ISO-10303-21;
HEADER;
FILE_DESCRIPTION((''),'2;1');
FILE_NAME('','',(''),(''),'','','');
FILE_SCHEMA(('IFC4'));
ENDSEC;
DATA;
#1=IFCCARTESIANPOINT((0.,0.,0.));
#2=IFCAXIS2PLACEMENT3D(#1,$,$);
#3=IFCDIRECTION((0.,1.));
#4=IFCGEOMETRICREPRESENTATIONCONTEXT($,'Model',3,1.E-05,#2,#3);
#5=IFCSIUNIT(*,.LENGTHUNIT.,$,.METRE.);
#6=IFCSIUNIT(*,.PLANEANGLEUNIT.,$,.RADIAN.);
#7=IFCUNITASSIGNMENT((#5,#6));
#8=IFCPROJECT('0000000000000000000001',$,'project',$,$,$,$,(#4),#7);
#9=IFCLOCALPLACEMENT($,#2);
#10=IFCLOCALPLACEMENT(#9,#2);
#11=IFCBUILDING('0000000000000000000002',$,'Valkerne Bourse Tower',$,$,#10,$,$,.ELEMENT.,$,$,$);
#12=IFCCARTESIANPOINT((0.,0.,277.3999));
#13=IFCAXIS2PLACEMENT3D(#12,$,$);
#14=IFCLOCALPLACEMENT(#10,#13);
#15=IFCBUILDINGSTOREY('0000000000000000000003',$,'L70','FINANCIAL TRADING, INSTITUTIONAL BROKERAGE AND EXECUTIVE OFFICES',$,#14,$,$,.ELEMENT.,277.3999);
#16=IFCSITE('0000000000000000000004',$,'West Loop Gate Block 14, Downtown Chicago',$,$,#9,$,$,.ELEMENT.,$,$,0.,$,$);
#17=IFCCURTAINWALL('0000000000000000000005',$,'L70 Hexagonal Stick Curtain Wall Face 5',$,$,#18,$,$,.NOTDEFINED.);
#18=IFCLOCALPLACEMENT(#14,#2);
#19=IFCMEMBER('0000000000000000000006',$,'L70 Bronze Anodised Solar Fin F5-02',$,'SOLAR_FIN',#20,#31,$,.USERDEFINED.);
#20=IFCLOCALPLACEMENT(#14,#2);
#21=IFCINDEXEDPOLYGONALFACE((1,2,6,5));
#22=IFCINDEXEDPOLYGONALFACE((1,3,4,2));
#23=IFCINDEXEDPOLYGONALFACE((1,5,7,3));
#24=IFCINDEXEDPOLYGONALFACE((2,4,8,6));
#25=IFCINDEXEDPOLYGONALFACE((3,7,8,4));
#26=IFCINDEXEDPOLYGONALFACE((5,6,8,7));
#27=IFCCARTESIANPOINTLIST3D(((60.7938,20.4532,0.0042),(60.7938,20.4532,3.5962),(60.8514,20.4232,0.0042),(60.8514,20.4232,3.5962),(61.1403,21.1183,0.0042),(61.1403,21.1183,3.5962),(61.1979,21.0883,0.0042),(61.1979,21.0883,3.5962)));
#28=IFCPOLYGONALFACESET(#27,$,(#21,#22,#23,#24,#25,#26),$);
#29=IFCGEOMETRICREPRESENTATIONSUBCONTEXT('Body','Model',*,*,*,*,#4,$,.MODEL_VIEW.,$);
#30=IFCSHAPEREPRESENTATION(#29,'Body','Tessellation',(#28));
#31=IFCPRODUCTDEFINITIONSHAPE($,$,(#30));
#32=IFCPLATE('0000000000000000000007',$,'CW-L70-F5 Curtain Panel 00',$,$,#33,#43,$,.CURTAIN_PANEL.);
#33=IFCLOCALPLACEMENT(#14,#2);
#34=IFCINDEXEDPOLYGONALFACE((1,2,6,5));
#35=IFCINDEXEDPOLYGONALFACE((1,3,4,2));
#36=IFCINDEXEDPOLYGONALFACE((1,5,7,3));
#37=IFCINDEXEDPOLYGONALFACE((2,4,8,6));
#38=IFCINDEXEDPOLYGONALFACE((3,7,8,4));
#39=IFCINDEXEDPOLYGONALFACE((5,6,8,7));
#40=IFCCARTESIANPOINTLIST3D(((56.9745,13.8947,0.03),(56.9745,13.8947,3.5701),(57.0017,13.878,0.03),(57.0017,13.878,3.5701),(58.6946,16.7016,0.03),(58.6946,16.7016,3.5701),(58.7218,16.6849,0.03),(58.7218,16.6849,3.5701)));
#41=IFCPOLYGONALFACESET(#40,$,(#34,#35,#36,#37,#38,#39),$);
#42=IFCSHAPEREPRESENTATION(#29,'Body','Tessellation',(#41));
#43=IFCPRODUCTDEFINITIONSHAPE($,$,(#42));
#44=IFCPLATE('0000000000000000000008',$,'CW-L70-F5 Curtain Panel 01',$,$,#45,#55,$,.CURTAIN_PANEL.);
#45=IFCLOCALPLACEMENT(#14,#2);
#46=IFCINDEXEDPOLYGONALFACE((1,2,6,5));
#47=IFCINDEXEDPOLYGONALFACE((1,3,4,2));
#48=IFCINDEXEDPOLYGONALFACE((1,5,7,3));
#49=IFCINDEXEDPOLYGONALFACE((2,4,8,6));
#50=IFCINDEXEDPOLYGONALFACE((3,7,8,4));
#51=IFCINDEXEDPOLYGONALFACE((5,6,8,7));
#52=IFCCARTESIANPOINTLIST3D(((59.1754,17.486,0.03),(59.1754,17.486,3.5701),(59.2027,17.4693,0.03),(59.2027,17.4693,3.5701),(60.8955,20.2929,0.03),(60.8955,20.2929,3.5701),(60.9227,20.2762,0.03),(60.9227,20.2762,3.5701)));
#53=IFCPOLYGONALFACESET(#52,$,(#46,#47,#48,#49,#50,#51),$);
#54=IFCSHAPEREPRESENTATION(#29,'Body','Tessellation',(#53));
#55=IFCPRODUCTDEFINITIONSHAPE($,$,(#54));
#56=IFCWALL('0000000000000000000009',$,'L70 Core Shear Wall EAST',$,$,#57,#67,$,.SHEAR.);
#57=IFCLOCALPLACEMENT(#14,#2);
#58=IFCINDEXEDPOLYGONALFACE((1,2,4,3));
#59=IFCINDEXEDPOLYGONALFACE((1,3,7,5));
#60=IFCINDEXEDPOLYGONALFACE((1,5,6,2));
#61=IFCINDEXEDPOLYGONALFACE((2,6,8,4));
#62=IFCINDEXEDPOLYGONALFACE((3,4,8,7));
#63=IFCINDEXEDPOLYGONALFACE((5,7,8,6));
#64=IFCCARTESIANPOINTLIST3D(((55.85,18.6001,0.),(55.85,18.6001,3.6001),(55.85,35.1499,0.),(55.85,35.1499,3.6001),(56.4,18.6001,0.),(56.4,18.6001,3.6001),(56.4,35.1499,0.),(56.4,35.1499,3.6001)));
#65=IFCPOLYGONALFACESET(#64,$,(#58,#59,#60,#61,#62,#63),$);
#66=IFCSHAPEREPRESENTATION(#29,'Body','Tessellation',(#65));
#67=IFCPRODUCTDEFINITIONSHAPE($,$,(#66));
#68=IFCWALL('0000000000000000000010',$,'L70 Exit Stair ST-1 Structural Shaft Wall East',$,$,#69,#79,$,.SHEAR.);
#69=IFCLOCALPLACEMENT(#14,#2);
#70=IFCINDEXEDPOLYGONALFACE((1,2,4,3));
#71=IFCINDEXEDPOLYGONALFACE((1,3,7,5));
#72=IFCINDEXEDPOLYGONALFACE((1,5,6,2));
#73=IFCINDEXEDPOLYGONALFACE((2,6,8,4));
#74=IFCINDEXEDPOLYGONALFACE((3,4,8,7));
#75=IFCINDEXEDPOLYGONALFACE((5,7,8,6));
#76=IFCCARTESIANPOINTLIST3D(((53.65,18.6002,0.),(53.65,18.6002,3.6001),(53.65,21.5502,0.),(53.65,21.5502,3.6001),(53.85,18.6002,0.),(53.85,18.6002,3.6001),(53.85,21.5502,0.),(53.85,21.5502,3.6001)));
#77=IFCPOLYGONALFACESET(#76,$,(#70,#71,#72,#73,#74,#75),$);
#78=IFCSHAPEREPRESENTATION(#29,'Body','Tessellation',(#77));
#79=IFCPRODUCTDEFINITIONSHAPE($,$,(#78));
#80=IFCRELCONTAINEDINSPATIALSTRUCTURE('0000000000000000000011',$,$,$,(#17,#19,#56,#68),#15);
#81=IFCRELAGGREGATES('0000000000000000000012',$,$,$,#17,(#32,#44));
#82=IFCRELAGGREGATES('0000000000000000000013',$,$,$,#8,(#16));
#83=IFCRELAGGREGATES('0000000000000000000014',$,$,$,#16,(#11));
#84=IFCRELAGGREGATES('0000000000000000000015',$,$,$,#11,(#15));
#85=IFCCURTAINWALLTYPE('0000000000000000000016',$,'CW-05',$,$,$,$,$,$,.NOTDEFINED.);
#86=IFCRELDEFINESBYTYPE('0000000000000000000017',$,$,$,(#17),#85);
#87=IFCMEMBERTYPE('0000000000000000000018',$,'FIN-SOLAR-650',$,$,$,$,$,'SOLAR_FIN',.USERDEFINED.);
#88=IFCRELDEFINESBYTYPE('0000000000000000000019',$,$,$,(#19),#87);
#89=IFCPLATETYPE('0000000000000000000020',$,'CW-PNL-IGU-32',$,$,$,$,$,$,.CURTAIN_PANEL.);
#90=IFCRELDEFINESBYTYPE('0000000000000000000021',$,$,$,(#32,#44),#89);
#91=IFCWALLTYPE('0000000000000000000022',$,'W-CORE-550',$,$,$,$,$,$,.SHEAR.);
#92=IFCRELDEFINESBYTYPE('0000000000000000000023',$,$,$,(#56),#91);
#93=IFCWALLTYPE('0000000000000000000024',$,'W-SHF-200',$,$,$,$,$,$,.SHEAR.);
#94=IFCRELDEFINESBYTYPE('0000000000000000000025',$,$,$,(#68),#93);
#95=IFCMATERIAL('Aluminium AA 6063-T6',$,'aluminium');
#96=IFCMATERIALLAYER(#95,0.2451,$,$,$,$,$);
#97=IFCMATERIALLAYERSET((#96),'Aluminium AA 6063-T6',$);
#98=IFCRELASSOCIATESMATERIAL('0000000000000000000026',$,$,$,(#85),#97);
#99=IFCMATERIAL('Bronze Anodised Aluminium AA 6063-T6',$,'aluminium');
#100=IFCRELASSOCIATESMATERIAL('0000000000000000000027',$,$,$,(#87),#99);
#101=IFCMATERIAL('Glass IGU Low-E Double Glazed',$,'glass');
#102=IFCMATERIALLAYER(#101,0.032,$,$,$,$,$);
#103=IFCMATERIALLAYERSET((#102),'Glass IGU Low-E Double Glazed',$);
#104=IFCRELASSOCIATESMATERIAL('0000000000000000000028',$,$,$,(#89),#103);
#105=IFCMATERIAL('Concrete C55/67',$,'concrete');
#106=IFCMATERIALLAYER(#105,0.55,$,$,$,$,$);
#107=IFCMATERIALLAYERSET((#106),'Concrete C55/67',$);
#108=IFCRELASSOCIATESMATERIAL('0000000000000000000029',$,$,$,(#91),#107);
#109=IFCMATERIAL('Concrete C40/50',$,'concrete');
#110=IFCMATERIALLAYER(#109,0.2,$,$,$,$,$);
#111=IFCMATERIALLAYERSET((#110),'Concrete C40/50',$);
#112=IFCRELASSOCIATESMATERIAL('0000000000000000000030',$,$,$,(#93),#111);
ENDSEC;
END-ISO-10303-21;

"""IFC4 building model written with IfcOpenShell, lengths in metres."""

from ifc_helpers import new_model, si_unit, direction, frame, frame_2d, origin, origin_2d, place, context, subcontext, project, spatial, rectangle, extrude, material, layer, layer_set, material_profile, profile_set, type_object, element, aggregate, save


model = new_model("IFC4")

# Units and contexts
model_context = context("Model", 3, precision=1e-05, world=origin(), true_north=direction((0.0, 1.0)))
body_context = subcontext(model_context, "Body", "Model", "MODEL_VIEW")
ifc_project = project(units=[si_unit("LENGTHUNIT", "METRE"), si_unit("PLANEANGLEUNIT", "RADIAN")], contexts=[model_context])

# Site, building, storey
site_placement = place(None, origin())
site = spatial("IfcSite", under=ifc_project, at=site_placement, Name="West Loop Gate Block 14, Downtown Chicago", CompositionType="ELEMENT", RefElevation=0.0)
building_placement = place(site_placement, origin())
building = spatial("IfcBuilding", under=site, at=building_placement, Name="Valkerne Bourse Tower", CompositionType="ELEMENT")
storey_placement = place(building_placement, frame((0.0, 0.0, 277.3999)))
storey = spatial("IfcBuildingStorey", under=building, at=storey_placement, Name="L70", Description="FINANCIAL TRADING, INSTITUTIONAL BROKERAGE AND EXECUTIVE OFFICES", CompositionType="ELEMENT", Elevation=277.3999)

# Shared definitions
ifc_material_1 = material(Name="Aluminium AA 6063-T6", Category="aluminium")
ifc_layer_1 = layer(ifc_material_1, 0.2451)
ifc_layer_set_1 = layer_set([ifc_layer_1], Name="Aluminium AA 6063-T6")
curtain_wall_type = type_object("IfcCurtainWallType", Name="CW-05", PredefinedType="NOTDEFINED", material=ifc_layer_set_1)

# Curtain wall
curtain_wall_1_placement = place(storey_placement, origin())
curtain_wall_1 = element("IfcCurtainWall", 1, at=curtain_wall_1_placement, inside=storey, type_object=curtain_wall_type, Name="L70 Hexagonal Stick Curtain Wall Face 5", PredefinedType="NOTDEFINED")

# Member
ifc_material_2 = material(Name="Bronze Anodised Aluminium AA 6063-T6", Category="aluminium")
ifc_material_profile_1 = material_profile(ifc_material_2, rectangle(XDim=0.0649, YDim=0.75, at=origin_2d()), Name="FIN-65X750")
ifc_profile_set_1 = profile_set([ifc_material_profile_1], Name="Bronze Anodised Aluminium AA 6063-T6")
member_type_1 = type_object("IfcMemberType", Name="FIN-SOLAR-650", ElementType="SOLAR_FIN", PredefinedType="USERDEFINED", material=ifc_profile_set_1)
member_1_placement = place(storey_placement, frame((60.9958, 20.7708, 0.0042), z_axis=(0.0, 0.0, 1.0), x_axis=(0.88682, -0.462115, 0.0)))
element("IfcMember", 2, at=member_1_placement, inside=storey, type_object=member_type_1, Name="L70 Bronze Anodised Solar Fin F5-02", ObjectType="SOLAR_FIN", PredefinedType="USERDEFINED", context=body_context, shape_type="SweptSolid", body=[
    extrude(rectangle(XDim=0.0649, YDim=0.75, at=origin_2d()), origin(), (0.0, 0.0, 1.0), 3.592),
])

# Plates
ifc_material_3 = material(Name="Glass IGU Low-E Double Glazed", Category="glass")
ifc_layer_2 = layer(ifc_material_3, 0.032)
ifc_layer_set_2 = layer_set([ifc_layer_2], Name="Glass IGU Low-E Double Glazed")
plate_type = type_object("IfcPlateType", Name="CW-PNL-IGU-32", PredefinedType="CURTAIN_PANEL", material=ifc_layer_set_2)
plate_1_placement = place(storey_placement, frame((57.8481, 15.2898, 0.03), z_axis=(0.0, 0.0, 1.0), x_axis=(0.522507, 0.852635, 0.0)))
plate_1 = element("IfcPlate", 3, at=plate_1_placement, type_object=plate_type, Name="CW-L70-F5 Curtain Panel 00", PredefinedType="CURTAIN_PANEL", context=body_context, shape_type="SweptSolid", body=[
    extrude(rectangle(XDim=3.292, YDim=0.032, at=origin_2d()), origin(), (0.0, 0.0, 1.0), 3.54),
])
plate_2_placement = place(storey_placement, frame((60.0491, 18.8811, 0.03), z_axis=(0.0, 0.0, 1.0), x_axis=(0.52249, 0.852646, 0.0)))
plate_2 = element("IfcPlate", 4, at=plate_2_placement, type_object=plate_type, Name="CW-L70-F5 Curtain Panel 01", PredefinedType="CURTAIN_PANEL", context=body_context, shape_type="SweptSolid", body=[
    extrude(rectangle(XDim=3.292, YDim=0.032, at=origin_2d()), origin(), (0.0, 0.0, 1.0), 3.54),
])
aggregate(curtain_wall_1, [plate_1, plate_2])

# Walls
ifc_material_4 = material(Name="Concrete C55/67", Category="concrete")
ifc_layer_3 = layer(ifc_material_4, 0.55)
ifc_layer_set_3 = layer_set([ifc_layer_3], Name="Concrete C55/67")
wall_type_1 = type_object("IfcWallType", Name="W-CORE-550", PredefinedType="SHEAR", material=ifc_layer_set_3)
wall_1_placement = place(storey_placement, frame((56.125, 18.6001, 0.0), z_axis=(0.0, 0.0, 1.0), x_axis=(0.0, 1.0, 0.0)))
element("IfcWall", 5, at=wall_1_placement, inside=storey, type_object=wall_type_1, Name="L70 Core Shear Wall EAST", PredefinedType="SHEAR", context=body_context, shape_type="SweptSolid", body=[
    extrude(rectangle(XDim=16.5498, YDim=0.55, at=frame_2d((8.2749, 0.0))), origin(), (0.0, 0.0, 1.0), 3.6001),
])
ifc_material_5 = material(Name="Concrete C40/50", Category="concrete")
ifc_layer_4 = layer(ifc_material_5, 0.2)
ifc_layer_set_4 = layer_set([ifc_layer_4], Name="Concrete C40/50")
wall_type_2 = type_object("IfcWallType", Name="W-SHF-200", PredefinedType="SHEAR", material=ifc_layer_set_4)
wall_2_placement = place(storey_placement, frame((53.75, 18.6001, 0.0), z_axis=(0.0, 0.0, 1.0), x_axis=(0.0, 1.0, 0.0)))
element("IfcWall", 6, at=wall_2_placement, inside=storey, type_object=wall_type_2, Name="L70 Exit Stair ST-1 Structural Shaft Wall East", PredefinedType="SHEAR", context=body_context, shape_type="SweptSolid", body=[
    extrude(rectangle(XDim=2.95, YDim=0.2, at=frame_2d((1.4751, 0.0))), origin(), (0.0, 0.0, 1.0), 3.6001),
])

save(model, "model.ifc")
